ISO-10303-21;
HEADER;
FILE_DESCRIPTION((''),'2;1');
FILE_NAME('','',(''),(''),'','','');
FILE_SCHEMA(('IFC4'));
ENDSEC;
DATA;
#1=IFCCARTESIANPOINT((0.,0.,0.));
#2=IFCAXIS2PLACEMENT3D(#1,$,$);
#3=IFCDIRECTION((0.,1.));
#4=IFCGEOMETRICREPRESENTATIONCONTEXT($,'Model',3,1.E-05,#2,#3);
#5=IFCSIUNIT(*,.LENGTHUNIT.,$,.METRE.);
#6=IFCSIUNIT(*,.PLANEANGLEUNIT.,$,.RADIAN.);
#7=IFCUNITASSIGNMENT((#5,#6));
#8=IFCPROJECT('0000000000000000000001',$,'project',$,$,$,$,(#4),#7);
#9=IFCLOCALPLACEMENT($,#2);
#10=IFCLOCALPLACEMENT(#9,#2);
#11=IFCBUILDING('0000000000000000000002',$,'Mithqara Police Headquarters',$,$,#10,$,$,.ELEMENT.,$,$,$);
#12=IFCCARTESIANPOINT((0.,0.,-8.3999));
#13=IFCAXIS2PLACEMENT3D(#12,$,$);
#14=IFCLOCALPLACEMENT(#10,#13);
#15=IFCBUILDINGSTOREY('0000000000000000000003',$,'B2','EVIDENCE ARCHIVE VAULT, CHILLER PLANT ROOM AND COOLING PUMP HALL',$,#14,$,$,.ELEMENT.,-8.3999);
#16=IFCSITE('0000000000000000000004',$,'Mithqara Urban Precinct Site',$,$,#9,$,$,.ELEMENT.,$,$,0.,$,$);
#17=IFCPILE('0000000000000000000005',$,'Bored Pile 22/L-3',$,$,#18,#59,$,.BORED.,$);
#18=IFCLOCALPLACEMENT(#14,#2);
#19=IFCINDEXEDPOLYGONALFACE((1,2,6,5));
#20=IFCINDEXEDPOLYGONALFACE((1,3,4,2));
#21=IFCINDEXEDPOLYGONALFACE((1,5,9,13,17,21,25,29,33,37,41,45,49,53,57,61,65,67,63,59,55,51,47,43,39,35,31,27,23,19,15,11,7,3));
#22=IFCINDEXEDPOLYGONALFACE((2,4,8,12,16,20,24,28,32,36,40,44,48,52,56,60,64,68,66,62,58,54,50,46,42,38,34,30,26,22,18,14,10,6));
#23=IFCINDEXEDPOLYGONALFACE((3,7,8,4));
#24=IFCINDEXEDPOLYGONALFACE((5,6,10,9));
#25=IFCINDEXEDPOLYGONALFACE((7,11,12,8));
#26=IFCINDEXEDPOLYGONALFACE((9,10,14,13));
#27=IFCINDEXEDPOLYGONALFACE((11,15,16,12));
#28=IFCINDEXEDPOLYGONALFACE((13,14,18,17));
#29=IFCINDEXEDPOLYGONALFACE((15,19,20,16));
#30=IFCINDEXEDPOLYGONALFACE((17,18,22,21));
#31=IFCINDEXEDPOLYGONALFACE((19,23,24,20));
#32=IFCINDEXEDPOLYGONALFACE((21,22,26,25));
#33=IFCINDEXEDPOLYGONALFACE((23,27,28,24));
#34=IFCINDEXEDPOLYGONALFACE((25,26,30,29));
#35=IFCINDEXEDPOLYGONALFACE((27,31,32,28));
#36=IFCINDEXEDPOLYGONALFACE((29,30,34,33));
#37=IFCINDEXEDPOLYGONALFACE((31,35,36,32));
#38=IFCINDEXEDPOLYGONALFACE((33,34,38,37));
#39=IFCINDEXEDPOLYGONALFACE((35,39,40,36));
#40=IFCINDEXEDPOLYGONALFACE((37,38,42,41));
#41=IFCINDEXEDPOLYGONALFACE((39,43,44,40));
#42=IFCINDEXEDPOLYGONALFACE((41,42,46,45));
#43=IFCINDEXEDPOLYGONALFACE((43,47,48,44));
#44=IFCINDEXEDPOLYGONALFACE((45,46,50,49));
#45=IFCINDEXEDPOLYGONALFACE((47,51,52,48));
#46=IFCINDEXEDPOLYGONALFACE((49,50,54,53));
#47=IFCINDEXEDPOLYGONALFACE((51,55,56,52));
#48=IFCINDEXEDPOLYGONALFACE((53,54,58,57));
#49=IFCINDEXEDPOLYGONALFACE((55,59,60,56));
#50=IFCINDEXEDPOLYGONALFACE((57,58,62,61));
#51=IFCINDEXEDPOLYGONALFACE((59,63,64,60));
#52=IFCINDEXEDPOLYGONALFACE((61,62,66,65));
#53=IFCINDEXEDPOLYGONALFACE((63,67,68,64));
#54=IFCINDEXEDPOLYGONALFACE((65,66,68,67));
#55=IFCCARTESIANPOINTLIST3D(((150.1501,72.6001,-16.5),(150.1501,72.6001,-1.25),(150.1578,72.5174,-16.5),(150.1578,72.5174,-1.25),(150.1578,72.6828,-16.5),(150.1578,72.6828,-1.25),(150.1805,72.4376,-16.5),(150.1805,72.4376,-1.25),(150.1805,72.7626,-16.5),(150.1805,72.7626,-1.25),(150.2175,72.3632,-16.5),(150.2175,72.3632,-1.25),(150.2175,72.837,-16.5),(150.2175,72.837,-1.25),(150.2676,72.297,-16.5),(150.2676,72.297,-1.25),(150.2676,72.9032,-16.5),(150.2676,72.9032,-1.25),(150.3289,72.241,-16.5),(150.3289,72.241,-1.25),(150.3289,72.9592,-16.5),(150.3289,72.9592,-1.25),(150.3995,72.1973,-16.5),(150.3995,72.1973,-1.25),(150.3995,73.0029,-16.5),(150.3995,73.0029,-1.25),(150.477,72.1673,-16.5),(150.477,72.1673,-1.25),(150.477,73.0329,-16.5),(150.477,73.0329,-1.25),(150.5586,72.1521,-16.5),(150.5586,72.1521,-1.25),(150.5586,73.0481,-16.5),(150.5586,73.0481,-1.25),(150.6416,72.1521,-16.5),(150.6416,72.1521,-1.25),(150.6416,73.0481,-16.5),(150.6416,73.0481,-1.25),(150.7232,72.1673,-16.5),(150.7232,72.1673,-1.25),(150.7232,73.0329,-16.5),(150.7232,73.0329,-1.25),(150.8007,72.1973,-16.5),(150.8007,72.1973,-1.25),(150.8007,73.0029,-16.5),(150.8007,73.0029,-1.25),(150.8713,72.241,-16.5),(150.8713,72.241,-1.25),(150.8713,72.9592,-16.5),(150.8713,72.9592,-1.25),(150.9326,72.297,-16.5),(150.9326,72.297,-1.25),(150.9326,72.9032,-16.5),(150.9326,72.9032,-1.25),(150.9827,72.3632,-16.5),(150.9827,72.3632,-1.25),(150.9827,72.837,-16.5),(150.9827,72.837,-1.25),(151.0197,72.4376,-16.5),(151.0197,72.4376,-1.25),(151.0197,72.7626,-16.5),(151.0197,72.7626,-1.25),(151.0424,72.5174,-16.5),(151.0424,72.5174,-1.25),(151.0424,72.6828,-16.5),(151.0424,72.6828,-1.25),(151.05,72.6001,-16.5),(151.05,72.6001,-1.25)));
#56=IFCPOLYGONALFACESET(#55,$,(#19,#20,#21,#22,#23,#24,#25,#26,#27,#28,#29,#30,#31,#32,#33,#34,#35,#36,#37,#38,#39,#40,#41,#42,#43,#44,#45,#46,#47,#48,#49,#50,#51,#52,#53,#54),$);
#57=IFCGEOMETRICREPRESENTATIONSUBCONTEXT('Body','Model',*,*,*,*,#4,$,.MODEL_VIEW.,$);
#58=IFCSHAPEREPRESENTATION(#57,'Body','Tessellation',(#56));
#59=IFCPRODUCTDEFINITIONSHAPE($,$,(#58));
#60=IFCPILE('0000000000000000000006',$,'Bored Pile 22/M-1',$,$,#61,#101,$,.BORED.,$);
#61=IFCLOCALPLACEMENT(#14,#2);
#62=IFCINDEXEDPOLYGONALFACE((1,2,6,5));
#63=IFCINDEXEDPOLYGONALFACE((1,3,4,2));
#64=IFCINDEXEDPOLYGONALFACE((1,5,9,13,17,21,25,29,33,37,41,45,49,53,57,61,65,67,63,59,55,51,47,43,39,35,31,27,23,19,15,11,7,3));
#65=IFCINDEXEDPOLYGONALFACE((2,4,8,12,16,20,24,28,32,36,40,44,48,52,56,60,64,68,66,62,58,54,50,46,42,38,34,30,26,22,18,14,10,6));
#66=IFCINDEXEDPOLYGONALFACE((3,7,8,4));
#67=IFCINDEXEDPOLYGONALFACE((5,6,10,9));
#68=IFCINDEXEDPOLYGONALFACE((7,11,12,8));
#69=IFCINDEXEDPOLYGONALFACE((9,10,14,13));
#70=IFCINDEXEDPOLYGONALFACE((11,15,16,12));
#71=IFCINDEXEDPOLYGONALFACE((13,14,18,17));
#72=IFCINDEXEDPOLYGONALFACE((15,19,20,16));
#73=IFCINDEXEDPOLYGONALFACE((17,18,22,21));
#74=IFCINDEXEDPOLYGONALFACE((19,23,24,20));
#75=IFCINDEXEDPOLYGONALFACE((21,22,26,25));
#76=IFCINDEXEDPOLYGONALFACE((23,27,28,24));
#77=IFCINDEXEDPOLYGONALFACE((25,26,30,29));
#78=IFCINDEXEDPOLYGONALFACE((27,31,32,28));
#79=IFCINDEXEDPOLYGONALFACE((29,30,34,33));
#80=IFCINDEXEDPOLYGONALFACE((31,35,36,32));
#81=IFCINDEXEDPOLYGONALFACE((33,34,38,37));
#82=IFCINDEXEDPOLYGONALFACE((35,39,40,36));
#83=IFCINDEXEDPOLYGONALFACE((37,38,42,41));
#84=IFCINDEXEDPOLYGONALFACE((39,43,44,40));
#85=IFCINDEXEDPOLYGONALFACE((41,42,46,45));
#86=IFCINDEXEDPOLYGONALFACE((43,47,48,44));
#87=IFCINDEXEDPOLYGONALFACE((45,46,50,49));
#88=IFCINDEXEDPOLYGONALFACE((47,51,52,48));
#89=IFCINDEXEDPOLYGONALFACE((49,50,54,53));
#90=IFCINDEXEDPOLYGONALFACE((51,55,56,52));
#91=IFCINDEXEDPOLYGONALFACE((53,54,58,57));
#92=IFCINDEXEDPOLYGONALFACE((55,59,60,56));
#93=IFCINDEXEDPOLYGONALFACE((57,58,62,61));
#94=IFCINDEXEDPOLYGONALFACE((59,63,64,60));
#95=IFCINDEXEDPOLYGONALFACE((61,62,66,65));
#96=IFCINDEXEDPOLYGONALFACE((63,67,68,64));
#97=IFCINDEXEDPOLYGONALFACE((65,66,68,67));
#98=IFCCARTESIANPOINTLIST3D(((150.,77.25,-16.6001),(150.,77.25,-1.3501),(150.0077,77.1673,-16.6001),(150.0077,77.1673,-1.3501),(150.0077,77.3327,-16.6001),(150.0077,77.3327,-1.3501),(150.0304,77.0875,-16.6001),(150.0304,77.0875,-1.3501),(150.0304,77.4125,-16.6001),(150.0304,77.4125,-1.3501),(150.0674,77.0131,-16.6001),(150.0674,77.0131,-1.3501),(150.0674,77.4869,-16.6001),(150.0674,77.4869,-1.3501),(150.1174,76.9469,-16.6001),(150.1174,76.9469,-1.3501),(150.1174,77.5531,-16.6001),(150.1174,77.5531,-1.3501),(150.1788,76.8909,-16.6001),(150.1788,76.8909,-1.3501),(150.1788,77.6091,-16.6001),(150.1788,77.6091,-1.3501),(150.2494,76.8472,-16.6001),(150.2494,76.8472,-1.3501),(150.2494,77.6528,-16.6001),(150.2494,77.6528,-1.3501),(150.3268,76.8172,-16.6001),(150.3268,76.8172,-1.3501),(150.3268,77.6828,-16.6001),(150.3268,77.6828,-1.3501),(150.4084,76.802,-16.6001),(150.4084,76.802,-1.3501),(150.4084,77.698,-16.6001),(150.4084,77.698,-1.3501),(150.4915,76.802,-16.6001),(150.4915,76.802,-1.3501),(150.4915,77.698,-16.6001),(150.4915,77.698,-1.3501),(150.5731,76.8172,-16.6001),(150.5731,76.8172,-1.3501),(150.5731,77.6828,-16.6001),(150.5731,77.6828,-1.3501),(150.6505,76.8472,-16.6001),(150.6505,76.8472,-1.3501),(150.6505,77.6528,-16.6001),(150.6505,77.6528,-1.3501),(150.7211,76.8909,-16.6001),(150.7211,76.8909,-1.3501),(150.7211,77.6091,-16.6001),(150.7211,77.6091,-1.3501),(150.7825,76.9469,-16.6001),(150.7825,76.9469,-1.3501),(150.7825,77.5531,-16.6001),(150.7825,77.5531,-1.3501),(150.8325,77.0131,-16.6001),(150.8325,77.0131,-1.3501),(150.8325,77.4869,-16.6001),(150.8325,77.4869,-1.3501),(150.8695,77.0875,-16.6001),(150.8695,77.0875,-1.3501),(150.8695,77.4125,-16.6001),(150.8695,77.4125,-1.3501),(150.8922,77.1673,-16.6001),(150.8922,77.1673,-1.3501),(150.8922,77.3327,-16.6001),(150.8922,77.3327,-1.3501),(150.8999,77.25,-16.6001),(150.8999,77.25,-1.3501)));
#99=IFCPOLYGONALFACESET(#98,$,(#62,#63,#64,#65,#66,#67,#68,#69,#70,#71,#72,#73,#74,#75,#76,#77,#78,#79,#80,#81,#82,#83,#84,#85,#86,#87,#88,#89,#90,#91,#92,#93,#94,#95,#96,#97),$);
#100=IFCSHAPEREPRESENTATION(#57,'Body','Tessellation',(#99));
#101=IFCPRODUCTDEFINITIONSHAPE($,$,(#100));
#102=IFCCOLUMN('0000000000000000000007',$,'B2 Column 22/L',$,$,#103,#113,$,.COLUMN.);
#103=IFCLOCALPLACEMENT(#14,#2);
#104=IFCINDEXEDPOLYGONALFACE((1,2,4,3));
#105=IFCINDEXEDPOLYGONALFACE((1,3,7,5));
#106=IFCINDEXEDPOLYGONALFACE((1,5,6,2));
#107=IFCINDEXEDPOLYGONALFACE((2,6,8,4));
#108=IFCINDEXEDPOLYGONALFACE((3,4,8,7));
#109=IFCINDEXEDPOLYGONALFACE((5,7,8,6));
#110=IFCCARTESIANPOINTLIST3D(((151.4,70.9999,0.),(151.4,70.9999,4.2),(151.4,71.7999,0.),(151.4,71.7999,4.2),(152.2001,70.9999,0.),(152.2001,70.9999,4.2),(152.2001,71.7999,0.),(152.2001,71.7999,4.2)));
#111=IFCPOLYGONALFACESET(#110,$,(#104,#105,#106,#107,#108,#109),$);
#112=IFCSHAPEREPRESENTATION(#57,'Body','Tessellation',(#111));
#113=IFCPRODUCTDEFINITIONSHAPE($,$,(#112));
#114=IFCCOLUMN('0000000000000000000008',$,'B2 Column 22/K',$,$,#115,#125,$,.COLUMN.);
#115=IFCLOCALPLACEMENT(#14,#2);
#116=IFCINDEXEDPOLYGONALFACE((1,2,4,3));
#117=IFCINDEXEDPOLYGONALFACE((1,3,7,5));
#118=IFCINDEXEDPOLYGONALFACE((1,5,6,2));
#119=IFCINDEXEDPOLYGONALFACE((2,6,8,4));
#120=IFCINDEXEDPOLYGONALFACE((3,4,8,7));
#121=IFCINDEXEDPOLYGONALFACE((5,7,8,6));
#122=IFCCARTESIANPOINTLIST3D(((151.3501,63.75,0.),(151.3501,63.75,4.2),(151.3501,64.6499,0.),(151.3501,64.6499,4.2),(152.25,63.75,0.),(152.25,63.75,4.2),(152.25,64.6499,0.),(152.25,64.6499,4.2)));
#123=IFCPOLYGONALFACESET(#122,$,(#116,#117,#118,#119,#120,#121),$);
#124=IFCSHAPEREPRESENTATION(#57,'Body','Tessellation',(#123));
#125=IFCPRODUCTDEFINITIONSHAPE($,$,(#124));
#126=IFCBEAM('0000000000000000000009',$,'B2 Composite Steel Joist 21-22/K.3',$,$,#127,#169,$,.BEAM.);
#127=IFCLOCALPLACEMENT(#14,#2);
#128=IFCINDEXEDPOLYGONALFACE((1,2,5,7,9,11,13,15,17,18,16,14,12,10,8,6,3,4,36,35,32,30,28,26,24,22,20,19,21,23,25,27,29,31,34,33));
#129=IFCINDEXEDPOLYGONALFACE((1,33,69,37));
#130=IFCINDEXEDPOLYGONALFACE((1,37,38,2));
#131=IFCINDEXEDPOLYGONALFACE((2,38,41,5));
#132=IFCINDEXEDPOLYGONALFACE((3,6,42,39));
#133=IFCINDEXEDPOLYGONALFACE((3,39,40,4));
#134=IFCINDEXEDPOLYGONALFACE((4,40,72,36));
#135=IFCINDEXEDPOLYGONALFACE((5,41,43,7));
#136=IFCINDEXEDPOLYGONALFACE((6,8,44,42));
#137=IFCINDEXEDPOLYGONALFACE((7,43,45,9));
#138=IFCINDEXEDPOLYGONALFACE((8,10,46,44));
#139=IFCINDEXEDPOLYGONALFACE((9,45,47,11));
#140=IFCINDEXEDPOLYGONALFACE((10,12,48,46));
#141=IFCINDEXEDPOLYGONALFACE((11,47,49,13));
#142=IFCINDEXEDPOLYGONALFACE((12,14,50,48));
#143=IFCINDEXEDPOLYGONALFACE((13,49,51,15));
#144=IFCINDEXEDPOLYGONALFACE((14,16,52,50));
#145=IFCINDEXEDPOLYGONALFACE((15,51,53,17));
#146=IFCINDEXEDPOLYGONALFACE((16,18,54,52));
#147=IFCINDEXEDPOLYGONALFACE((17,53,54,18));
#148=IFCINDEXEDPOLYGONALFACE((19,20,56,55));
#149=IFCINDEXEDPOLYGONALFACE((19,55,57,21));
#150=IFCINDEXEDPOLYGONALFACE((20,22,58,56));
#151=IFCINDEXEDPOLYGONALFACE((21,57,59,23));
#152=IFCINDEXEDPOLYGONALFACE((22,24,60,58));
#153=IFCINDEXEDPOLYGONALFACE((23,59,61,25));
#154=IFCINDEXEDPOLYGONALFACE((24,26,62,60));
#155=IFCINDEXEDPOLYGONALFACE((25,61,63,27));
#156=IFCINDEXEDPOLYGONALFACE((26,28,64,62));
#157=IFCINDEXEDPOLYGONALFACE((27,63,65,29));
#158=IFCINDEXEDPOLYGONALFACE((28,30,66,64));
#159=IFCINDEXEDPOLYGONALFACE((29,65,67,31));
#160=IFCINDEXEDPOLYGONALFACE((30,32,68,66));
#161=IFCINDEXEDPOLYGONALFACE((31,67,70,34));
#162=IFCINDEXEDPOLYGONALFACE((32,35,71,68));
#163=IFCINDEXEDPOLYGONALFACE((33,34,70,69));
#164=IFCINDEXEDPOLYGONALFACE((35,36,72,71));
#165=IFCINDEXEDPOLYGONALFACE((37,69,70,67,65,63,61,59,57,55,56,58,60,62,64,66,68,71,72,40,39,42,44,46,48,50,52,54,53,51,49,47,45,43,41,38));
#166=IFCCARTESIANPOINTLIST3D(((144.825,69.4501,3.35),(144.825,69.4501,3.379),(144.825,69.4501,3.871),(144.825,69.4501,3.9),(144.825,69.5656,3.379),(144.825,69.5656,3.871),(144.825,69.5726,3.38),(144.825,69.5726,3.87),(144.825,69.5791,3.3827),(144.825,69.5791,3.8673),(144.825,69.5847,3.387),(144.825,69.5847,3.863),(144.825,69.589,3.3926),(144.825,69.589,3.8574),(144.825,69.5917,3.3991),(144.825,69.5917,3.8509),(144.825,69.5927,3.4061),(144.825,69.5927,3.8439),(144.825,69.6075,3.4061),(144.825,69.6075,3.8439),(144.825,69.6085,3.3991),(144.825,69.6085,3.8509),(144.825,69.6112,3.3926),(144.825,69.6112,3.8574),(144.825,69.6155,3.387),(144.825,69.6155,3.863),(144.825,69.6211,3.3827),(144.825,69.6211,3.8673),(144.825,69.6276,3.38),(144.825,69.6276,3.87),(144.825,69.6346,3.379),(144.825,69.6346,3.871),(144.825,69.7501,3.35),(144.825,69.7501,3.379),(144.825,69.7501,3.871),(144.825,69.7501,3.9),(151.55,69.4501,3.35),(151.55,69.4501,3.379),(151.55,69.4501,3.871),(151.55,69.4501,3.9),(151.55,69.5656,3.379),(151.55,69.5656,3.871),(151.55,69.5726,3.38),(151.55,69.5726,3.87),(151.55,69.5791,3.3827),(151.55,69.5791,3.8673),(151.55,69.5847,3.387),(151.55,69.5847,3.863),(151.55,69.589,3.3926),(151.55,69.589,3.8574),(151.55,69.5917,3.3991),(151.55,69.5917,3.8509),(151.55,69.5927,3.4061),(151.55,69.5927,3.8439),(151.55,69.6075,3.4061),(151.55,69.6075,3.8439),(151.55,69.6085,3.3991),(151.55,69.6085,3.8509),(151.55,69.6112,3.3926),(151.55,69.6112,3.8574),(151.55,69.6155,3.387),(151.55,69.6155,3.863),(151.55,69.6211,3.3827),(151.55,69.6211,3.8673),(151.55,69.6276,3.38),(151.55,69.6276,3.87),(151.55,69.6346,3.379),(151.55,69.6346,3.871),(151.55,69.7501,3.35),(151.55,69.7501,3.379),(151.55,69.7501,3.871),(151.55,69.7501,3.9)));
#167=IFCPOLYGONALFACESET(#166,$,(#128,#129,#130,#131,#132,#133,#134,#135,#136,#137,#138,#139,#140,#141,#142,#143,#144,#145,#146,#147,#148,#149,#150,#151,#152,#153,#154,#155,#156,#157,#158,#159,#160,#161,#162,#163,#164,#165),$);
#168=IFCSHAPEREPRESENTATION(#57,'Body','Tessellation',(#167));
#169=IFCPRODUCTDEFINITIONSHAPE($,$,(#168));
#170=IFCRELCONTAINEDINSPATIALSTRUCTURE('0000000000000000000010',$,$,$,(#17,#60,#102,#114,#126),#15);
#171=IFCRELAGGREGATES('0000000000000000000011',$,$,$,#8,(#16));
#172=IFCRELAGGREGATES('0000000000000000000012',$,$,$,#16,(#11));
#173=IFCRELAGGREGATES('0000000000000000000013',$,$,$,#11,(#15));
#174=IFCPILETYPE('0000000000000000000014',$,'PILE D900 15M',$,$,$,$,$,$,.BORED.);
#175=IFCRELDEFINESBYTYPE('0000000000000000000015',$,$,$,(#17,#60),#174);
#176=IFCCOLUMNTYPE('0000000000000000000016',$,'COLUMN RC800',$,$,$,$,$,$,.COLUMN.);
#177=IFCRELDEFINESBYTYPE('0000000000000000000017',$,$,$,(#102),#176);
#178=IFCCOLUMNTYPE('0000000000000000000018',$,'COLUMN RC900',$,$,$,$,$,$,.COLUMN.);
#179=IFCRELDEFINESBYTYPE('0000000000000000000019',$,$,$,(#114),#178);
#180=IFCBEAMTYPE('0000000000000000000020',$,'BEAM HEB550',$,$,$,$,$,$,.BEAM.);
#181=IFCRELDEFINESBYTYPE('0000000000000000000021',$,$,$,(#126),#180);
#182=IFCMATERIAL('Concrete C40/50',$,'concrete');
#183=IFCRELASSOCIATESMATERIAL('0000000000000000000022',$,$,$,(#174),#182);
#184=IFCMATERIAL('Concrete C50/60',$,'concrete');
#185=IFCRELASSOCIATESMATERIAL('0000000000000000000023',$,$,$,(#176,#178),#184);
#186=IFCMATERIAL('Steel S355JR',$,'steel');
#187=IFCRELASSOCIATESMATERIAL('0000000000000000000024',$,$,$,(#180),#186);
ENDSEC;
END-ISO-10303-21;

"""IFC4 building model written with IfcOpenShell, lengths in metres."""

from ifc_helpers import new_model, si_unit, direction, frame, origin, origin_2d, place, context, subcontext, project, spatial, rectangle, circle, i_section, extrude, material, material_profile, profile_set, type_object, element, save


model = new_model("IFC4")

# Units and contexts
model_context = context("Model", 3, precision=1e-05, world=origin(), true_north=direction((0.0, 1.0)))
body_context = subcontext(model_context, "Body", "Model", "MODEL_VIEW")
ifc_project = project(units=[si_unit("LENGTHUNIT", "METRE"), si_unit("PLANEANGLEUNIT", "RADIAN")], contexts=[model_context])

# Site, building, storey
site_placement = place(None, origin())
site = spatial("IfcSite", under=ifc_project, at=site_placement, Name="Mithqara Urban Precinct Site", CompositionType="ELEMENT", RefElevation=0.0)
building_placement = place(site_placement, origin())
building = spatial("IfcBuilding", under=site, at=building_placement, Name="Mithqara Police Headquarters", CompositionType="ELEMENT")
storey_placement = place(building_placement, frame((0.0, 0.0, -8.3999)))
storey = spatial("IfcBuildingStorey", under=building, at=storey_placement, Name="B2", Description="EVIDENCE ARCHIVE VAULT, CHILLER PLANT ROOM AND COOLING PUMP HALL", CompositionType="ELEMENT", Elevation=-8.3999)

# Shared definitions
ifc_material_1 = material(Name="Concrete C40/50", Category="concrete")

# Piles
ifc_material_profile_1 = material_profile(ifc_material_1, circle(Radius=0.45, at=origin_2d()), Name="PILE D900")
ifc_profile_set_1 = profile_set([ifc_material_profile_1], Name="Concrete C40/50")
pile_type_1 = type_object("IfcPileType", Name="PILE D900 15M", PredefinedType="BORED", material=ifc_profile_set_1)
for number, where, z_axis, x_axis, name in (
    (1, (150.6001, 72.6001, -1.25), (0.0, 0.0, -1.0), (1.0, 0.0, 0.0), "Bored Pile 22/L-3"),
    (2, (150.45, 77.25, -1.3501), (0.0, 0.0, -1.0), (1.0, 0.0, 0.0), "Bored Pile 22/M-1"),
):
    element("IfcPile", number, at=place(storey_placement, frame(where, z_axis=z_axis, x_axis=x_axis)), inside=storey, type_object=pile_type_1, Name=name, PredefinedType="BORED", context=body_context, shape_type="SweptSolid", body=[
        extrude(circle(Radius=0.45, at=origin_2d()), origin(), (0.0, 0.0, 1.0), 15.25),
    ])

# Columns
ifc_material_2 = material(Name="Concrete C50/60", Category="concrete")
ifc_material_profile_2 = material_profile(ifc_material_2, rectangle(XDim=0.8, YDim=0.8, at=origin_2d()), Name="RC 800x800")
ifc_profile_set_2 = profile_set([ifc_material_profile_2], Name="Concrete C50/60")
column_type_1 = type_object("IfcColumnType", Name="COLUMN RC800", PredefinedType="COLUMN", material=ifc_profile_set_2)
column_1_placement = place(storey_placement, frame((151.8, 71.3999, 0.0), z_axis=(0.0, 0.0, 1.0), x_axis=(1.0, 0.0, 0.0)))
element("IfcColumn", 3, at=column_1_placement, inside=storey, type_object=column_type_1, Name="B2 Column 22/L", PredefinedType="COLUMN", context=body_context, shape_type="SweptSolid", body=[
    extrude(rectangle(XDim=0.8, YDim=0.8, at=origin_2d()), origin(), (0.0, 0.0, 1.0), 4.2),
])
ifc_material_profile_3 = material_profile(ifc_material_2, rectangle(XDim=0.8999, YDim=0.8999, at=origin_2d()), Name="RC 900x900")
ifc_profile_set_3 = profile_set([ifc_material_profile_3], Name="Concrete C50/60")
column_type_2 = type_object("IfcColumnType", Name="COLUMN RC900", PredefinedType="COLUMN", material=ifc_profile_set_3)
column_2_placement = place(storey_placement, frame((151.8, 64.2, 0.0), z_axis=(0.0, 0.0, 1.0), x_axis=(1.0, 0.0, 0.0)))
element("IfcColumn", 4, at=column_2_placement, inside=storey, type_object=column_type_2, Name="B2 Column 22/K", PredefinedType="COLUMN", context=body_context, shape_type="SweptSolid", body=[
    extrude(rectangle(XDim=0.8999, YDim=0.8999, at=origin_2d()), origin(), (0.0, 0.0, 1.0), 4.2),
])

# Beam
ifc_material_3 = material(Name="Steel S355JR", Category="steel")
ifc_material_profile_4 = material_profile(ifc_material_3, i_section(OverallWidth=0.3, OverallDepth=0.55, WebThickness=0.0149, FlangeThickness=0.0291, FilletRadius=0.0271, at=origin_2d()), Name="HEB 550")
ifc_profile_set_4 = profile_set([ifc_material_profile_4], Name="Steel S355JR")
beam_type_1 = type_object("IfcBeamType", Name="BEAM HEB550", PredefinedType="BEAM", material=ifc_profile_set_4)
beam_1_placement = place(storey_placement, frame((144.825, 69.6001, 3.625), z_axis=(1.0, 0.0, 0.0), x_axis=(0.0, 1.0, 0.0)))
element("IfcBeam", 5, at=beam_1_placement, inside=storey, type_object=beam_type_1, Name="B2 Composite Steel Joist 21-22/K.3", PredefinedType="BEAM", context=body_context, shape_type="SweptSolid", body=[
    extrude(i_section(OverallWidth=0.3, OverallDepth=0.55, WebThickness=0.0149, FlangeThickness=0.0291, FilletRadius=0.0271, at=origin_2d()), origin(), (0.0, 0.0, 1.0), 6.7251),
])

save(model, "model.ifc")
